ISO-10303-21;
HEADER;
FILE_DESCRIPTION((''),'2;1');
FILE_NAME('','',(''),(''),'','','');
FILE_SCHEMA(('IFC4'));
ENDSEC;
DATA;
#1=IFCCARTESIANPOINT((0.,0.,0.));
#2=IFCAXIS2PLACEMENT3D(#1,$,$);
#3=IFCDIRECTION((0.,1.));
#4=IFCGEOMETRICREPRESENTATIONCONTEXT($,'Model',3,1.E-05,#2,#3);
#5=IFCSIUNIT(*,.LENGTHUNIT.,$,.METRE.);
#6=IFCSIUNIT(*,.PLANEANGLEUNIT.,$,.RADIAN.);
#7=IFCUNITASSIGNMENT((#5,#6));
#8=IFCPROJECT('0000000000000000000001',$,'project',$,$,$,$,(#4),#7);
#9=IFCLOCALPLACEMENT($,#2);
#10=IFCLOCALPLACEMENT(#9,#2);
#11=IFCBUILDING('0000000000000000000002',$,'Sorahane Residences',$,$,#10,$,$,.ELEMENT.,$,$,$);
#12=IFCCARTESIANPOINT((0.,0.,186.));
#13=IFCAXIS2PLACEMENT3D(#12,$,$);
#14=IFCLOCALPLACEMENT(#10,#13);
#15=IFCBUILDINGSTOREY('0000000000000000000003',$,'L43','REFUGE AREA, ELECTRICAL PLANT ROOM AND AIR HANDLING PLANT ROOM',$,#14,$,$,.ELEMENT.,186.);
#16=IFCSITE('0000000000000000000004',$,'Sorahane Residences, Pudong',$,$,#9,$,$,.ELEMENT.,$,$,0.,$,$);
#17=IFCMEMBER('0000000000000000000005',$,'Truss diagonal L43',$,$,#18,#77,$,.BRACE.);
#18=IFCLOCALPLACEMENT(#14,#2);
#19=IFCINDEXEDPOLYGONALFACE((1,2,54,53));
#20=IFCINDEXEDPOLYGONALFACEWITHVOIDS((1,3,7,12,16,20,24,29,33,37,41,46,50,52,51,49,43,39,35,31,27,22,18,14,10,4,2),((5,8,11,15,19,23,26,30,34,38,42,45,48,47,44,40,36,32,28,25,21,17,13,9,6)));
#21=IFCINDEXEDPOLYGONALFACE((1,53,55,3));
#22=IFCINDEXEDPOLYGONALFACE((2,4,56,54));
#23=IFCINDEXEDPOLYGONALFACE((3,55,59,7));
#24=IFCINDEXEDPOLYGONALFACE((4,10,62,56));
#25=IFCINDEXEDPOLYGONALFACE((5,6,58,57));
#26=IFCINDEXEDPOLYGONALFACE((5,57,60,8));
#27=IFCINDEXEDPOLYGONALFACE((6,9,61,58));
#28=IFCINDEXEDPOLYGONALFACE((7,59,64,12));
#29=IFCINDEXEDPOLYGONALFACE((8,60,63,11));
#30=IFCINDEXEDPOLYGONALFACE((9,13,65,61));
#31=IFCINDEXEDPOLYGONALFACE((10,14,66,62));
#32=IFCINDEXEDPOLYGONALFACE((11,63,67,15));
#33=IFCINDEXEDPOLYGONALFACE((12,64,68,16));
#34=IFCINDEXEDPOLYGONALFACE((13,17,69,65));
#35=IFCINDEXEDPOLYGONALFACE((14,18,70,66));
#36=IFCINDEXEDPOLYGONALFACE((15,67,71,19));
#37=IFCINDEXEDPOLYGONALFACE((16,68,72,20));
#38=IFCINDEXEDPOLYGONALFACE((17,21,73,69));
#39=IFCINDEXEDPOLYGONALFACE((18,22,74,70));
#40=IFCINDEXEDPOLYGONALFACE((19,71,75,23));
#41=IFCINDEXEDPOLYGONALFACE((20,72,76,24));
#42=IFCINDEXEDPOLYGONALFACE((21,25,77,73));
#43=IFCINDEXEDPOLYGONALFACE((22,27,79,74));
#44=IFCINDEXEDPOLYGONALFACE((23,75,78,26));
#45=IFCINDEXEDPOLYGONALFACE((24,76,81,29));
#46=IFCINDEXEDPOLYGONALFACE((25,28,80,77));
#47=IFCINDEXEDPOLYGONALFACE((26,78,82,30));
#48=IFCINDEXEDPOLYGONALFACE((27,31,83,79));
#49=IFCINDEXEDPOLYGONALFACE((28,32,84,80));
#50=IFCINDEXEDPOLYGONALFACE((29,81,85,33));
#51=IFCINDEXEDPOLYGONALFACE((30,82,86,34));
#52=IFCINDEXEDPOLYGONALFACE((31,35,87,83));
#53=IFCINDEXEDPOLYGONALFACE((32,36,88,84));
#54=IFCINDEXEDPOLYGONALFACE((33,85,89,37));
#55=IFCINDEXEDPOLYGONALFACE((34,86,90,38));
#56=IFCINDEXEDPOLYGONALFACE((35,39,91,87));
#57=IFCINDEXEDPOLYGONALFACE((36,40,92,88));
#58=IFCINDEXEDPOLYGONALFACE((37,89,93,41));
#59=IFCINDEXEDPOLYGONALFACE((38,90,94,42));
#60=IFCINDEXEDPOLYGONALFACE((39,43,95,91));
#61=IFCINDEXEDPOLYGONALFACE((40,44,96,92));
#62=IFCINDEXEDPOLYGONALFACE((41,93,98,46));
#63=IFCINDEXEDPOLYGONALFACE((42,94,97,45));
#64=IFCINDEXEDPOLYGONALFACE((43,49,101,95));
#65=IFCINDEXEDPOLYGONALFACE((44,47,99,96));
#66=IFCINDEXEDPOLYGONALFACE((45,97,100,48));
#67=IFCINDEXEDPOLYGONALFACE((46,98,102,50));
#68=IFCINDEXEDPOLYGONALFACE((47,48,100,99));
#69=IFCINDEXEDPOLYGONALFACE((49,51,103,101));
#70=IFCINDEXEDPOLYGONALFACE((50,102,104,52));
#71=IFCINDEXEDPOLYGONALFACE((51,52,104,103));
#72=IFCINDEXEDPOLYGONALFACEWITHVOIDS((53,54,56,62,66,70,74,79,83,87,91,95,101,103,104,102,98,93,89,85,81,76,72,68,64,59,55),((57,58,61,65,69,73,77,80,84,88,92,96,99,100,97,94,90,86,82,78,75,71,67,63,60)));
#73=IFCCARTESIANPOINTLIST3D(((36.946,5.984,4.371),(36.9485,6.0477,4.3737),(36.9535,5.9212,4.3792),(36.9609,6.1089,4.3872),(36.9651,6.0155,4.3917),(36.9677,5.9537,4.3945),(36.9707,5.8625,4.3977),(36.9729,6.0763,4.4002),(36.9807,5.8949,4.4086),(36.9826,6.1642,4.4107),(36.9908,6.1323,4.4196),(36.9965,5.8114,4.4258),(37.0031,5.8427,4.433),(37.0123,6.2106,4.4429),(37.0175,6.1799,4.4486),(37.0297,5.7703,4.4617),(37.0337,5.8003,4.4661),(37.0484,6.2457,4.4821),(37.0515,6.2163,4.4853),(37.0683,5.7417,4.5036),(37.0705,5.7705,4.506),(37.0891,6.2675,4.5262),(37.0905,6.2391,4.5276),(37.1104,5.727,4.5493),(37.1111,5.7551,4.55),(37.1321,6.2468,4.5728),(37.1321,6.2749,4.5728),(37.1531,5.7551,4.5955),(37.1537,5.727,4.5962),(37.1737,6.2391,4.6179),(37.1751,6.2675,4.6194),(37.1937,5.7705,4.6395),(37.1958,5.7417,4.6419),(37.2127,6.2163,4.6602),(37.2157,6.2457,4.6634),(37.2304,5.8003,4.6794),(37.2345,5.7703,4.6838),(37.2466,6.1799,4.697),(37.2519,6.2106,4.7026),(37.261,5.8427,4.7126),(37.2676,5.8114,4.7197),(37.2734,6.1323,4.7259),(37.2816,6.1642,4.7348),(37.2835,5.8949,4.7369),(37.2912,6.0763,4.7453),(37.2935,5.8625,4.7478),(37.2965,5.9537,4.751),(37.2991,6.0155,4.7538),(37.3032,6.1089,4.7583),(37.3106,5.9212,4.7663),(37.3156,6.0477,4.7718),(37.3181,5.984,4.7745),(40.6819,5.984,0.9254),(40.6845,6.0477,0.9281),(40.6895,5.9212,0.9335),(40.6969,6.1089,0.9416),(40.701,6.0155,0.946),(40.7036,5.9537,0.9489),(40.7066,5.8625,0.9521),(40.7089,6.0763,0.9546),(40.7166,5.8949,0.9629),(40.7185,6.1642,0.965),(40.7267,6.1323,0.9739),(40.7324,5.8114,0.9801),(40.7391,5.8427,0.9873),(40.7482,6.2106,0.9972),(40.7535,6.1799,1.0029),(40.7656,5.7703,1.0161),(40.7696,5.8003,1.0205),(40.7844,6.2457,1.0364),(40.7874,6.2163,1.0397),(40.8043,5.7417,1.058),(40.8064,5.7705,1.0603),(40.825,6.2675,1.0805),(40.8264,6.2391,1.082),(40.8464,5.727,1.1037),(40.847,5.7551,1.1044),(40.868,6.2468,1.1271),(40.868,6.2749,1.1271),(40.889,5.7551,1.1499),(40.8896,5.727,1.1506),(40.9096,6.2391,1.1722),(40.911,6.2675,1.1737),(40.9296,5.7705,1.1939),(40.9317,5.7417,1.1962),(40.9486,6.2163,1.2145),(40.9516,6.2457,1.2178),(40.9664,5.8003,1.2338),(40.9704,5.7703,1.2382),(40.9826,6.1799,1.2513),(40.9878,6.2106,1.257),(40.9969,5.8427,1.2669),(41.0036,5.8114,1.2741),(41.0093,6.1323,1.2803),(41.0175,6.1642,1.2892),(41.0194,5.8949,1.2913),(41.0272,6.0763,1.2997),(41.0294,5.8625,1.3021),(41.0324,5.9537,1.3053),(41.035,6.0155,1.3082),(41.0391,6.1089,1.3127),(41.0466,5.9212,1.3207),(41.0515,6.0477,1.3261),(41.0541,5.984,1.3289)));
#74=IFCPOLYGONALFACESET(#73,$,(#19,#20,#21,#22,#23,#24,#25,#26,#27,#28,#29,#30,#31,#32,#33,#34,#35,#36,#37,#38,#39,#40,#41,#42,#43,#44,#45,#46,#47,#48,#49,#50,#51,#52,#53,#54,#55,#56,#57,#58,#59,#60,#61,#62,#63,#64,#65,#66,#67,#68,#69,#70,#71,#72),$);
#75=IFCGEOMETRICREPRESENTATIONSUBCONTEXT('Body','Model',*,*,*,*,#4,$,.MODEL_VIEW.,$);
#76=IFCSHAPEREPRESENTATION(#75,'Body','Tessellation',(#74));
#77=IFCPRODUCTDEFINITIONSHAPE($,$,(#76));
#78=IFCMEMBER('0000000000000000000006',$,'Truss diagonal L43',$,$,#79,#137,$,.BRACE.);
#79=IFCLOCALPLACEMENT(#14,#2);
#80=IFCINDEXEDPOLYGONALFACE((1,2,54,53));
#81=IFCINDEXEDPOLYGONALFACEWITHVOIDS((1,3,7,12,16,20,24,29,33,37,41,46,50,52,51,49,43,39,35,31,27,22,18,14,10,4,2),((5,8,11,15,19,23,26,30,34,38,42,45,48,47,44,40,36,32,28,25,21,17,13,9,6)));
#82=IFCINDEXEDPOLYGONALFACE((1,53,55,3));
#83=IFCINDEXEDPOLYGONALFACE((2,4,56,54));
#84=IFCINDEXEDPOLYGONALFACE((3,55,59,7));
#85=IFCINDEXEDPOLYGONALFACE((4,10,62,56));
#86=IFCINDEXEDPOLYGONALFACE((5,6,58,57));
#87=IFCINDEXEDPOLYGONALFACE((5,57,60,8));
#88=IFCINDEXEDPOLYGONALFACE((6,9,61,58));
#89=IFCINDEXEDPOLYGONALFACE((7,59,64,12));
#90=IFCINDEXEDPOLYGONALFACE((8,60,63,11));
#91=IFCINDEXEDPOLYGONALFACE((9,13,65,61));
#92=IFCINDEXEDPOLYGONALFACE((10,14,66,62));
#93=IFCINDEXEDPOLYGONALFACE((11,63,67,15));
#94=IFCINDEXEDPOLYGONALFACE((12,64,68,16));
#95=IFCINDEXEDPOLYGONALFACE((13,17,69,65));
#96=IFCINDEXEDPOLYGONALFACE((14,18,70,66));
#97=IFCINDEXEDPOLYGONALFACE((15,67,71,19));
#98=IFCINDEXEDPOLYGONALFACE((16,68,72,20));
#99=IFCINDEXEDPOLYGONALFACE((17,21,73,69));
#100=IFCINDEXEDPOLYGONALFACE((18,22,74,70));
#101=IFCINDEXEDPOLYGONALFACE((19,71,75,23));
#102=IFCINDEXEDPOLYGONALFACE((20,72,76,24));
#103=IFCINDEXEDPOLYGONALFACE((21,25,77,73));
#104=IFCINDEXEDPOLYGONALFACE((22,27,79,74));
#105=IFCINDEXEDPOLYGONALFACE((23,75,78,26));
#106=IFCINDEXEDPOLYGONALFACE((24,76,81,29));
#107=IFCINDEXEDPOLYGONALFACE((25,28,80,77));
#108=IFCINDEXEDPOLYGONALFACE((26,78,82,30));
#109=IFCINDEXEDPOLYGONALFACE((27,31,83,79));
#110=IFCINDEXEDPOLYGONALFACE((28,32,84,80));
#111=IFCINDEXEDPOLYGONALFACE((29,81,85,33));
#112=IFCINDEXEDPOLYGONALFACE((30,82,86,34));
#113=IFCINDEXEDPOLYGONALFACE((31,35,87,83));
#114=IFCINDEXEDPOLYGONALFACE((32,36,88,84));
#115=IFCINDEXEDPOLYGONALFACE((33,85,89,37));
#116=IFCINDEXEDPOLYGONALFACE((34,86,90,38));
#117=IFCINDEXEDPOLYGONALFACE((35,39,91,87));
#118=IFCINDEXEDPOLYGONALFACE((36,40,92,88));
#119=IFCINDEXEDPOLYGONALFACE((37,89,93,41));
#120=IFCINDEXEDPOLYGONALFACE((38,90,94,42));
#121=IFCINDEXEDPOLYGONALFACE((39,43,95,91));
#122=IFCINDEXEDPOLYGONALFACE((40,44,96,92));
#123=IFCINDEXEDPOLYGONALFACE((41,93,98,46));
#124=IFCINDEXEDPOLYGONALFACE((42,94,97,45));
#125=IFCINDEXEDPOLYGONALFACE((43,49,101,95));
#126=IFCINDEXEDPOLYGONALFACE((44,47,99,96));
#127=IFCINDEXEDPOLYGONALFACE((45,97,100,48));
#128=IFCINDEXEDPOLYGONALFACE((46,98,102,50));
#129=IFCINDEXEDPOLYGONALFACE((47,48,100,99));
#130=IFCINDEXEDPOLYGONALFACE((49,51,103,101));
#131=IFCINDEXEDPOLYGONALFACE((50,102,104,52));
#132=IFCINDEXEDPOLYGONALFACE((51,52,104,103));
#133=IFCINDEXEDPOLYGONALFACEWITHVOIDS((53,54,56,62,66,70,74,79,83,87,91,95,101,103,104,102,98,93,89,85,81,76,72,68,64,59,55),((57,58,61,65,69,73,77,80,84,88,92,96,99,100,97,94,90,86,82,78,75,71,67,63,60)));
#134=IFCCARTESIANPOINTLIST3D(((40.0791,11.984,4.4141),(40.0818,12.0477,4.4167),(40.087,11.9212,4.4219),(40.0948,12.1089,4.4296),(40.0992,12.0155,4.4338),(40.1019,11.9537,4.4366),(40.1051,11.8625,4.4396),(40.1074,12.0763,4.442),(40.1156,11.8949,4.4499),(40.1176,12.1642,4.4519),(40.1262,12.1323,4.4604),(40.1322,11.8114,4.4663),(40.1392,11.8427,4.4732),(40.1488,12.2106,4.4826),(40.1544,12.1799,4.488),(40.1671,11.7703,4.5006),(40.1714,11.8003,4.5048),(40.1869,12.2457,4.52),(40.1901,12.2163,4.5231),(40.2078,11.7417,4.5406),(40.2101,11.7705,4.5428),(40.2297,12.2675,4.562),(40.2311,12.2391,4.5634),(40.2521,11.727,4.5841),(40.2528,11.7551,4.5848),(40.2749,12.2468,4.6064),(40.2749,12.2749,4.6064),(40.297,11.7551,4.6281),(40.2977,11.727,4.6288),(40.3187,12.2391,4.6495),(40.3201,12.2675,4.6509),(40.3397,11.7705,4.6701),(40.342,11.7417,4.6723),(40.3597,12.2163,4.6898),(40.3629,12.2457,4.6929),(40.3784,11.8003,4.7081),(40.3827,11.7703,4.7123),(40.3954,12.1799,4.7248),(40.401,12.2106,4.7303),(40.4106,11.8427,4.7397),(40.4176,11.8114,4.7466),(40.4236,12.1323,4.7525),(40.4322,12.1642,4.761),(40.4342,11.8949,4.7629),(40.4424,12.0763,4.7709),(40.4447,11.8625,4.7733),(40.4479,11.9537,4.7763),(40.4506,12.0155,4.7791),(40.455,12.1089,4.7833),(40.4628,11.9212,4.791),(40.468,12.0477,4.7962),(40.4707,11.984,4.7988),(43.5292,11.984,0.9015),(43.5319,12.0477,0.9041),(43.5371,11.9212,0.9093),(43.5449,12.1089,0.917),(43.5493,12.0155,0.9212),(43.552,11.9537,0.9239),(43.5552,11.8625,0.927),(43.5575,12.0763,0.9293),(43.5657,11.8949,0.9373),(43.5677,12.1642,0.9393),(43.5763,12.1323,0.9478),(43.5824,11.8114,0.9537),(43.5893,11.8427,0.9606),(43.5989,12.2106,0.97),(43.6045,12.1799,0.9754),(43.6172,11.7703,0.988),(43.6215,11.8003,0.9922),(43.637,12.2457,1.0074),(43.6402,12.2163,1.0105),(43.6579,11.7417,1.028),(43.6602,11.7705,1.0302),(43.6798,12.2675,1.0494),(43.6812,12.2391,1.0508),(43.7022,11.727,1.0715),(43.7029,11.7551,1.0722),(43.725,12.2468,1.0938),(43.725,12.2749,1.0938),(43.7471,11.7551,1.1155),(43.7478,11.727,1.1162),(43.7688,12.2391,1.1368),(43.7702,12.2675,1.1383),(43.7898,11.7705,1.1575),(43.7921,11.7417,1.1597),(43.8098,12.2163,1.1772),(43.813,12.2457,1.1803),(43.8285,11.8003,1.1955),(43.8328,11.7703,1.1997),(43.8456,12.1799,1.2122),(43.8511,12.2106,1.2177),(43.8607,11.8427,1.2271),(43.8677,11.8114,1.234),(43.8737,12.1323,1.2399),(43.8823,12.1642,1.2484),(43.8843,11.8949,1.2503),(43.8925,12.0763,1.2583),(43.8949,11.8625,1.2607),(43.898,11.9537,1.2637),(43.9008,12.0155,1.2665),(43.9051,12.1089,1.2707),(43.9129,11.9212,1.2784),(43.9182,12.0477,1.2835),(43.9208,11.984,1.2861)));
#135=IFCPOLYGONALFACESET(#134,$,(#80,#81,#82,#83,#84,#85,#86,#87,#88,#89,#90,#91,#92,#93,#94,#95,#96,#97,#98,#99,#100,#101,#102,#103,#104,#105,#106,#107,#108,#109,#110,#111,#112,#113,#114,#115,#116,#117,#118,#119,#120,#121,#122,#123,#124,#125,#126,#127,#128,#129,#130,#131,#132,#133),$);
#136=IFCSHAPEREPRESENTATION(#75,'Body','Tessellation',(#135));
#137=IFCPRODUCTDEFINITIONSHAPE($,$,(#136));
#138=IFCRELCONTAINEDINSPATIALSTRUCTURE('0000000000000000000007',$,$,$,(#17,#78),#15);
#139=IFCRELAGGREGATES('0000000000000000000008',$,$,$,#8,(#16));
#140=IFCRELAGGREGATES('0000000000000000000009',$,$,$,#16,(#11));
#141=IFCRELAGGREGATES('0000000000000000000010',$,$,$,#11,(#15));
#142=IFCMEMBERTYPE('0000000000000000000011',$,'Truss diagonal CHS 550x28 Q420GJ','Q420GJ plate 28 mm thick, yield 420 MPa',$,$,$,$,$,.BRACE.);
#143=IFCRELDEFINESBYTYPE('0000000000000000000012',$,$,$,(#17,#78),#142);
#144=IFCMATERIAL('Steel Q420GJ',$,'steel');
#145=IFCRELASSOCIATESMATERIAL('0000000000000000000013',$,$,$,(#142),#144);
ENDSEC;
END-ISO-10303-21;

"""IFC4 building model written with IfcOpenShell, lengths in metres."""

from ifc_helpers import new_model, si_unit, direction, frame, origin, origin_2d, place, context, subcontext, project, spatial, hollow_circle, extrude, material, material_profile, profile_set, type_object, element, save


model = new_model("IFC4")

# Units and contexts
model_context = context("Model", 3, precision=1e-05, world=origin(), true_north=direction((0.0, 1.0)))
body_context = subcontext(model_context, "Body", "Model", "MODEL_VIEW")
ifc_project = project(units=[si_unit("LENGTHUNIT", "METRE"), si_unit("PLANEANGLEUNIT", "RADIAN")], contexts=[model_context])

# Site, building, storey
site_placement = place(None, origin())
site = spatial("IfcSite", under=ifc_project, at=site_placement, Name="Sorahane Residences, Pudong", CompositionType="ELEMENT", RefElevation=0.0)
building_placement = place(site_placement, origin())
building = spatial("IfcBuilding", under=site, at=building_placement, Name="Sorahane Residences", CompositionType="ELEMENT")
storey_placement = place(building_placement, frame((0.0, 0.0, 186.0)))
storey = spatial("IfcBuildingStorey", under=building, at=storey_placement, Name="L43", Description="REFUGE AREA, ELECTRICAL PLANT ROOM AND AIR HANDLING PLANT ROOM", CompositionType="ELEMENT", Elevation=186.0)

# Members
ifc_material_1 = material(Name="Steel Q420GJ", Category="steel")
ifc_material_profile_1 = material_profile(ifc_material_1, hollow_circle(Radius=0.2749, WallThickness=0.0281, at=origin_2d()), Name="CHS 550x28")
ifc_profile_set_1 = profile_set([ifc_material_profile_1], Name="Steel Q420GJ")
member_type = type_object("IfcMemberType", Name="Truss diagonal CHS 550x28 Q420GJ", Description="Q420GJ plate 28 mm thick, yield 420 MPa", PredefinedType="BRACE", material=ifc_profile_set_1)
member_1_placement = place(storey_placement, frame((37.1321, 6.0, 4.5728), z_axis=(0.735089, 0.0, -0.677971), x_axis=(0.0, 1.0, 0.0)))
element("IfcMember", 1, at=member_1_placement, inside=storey, type_object=member_type, Name="Truss diagonal L43", PredefinedType="BRACE", context=body_context, shape_type="SweptSolid", body=[
    extrude(hollow_circle(Radius=0.2749, WallThickness=0.0281, at=origin_2d()), origin(), (0.0, 0.0, 1.0), 5.0823),
])
member_2_placement = place(storey_placement, frame((40.2749, 12.0, 4.6064), z_axis=(0.700731, 0.0, -0.713425), x_axis=(0.0, 1.0, 0.0)))
element("IfcMember", 2, at=member_2_placement, inside=storey, type_object=member_type, Name="Truss diagonal L43", PredefinedType="BRACE", context=body_context, shape_type="SweptSolid", body=[
    extrude(hollow_circle(Radius=0.2749, WallThickness=0.0281, at=origin_2d()), origin(), (0.0, 0.0, 1.0), 4.9236),
])

save(model, "model.ifc")
